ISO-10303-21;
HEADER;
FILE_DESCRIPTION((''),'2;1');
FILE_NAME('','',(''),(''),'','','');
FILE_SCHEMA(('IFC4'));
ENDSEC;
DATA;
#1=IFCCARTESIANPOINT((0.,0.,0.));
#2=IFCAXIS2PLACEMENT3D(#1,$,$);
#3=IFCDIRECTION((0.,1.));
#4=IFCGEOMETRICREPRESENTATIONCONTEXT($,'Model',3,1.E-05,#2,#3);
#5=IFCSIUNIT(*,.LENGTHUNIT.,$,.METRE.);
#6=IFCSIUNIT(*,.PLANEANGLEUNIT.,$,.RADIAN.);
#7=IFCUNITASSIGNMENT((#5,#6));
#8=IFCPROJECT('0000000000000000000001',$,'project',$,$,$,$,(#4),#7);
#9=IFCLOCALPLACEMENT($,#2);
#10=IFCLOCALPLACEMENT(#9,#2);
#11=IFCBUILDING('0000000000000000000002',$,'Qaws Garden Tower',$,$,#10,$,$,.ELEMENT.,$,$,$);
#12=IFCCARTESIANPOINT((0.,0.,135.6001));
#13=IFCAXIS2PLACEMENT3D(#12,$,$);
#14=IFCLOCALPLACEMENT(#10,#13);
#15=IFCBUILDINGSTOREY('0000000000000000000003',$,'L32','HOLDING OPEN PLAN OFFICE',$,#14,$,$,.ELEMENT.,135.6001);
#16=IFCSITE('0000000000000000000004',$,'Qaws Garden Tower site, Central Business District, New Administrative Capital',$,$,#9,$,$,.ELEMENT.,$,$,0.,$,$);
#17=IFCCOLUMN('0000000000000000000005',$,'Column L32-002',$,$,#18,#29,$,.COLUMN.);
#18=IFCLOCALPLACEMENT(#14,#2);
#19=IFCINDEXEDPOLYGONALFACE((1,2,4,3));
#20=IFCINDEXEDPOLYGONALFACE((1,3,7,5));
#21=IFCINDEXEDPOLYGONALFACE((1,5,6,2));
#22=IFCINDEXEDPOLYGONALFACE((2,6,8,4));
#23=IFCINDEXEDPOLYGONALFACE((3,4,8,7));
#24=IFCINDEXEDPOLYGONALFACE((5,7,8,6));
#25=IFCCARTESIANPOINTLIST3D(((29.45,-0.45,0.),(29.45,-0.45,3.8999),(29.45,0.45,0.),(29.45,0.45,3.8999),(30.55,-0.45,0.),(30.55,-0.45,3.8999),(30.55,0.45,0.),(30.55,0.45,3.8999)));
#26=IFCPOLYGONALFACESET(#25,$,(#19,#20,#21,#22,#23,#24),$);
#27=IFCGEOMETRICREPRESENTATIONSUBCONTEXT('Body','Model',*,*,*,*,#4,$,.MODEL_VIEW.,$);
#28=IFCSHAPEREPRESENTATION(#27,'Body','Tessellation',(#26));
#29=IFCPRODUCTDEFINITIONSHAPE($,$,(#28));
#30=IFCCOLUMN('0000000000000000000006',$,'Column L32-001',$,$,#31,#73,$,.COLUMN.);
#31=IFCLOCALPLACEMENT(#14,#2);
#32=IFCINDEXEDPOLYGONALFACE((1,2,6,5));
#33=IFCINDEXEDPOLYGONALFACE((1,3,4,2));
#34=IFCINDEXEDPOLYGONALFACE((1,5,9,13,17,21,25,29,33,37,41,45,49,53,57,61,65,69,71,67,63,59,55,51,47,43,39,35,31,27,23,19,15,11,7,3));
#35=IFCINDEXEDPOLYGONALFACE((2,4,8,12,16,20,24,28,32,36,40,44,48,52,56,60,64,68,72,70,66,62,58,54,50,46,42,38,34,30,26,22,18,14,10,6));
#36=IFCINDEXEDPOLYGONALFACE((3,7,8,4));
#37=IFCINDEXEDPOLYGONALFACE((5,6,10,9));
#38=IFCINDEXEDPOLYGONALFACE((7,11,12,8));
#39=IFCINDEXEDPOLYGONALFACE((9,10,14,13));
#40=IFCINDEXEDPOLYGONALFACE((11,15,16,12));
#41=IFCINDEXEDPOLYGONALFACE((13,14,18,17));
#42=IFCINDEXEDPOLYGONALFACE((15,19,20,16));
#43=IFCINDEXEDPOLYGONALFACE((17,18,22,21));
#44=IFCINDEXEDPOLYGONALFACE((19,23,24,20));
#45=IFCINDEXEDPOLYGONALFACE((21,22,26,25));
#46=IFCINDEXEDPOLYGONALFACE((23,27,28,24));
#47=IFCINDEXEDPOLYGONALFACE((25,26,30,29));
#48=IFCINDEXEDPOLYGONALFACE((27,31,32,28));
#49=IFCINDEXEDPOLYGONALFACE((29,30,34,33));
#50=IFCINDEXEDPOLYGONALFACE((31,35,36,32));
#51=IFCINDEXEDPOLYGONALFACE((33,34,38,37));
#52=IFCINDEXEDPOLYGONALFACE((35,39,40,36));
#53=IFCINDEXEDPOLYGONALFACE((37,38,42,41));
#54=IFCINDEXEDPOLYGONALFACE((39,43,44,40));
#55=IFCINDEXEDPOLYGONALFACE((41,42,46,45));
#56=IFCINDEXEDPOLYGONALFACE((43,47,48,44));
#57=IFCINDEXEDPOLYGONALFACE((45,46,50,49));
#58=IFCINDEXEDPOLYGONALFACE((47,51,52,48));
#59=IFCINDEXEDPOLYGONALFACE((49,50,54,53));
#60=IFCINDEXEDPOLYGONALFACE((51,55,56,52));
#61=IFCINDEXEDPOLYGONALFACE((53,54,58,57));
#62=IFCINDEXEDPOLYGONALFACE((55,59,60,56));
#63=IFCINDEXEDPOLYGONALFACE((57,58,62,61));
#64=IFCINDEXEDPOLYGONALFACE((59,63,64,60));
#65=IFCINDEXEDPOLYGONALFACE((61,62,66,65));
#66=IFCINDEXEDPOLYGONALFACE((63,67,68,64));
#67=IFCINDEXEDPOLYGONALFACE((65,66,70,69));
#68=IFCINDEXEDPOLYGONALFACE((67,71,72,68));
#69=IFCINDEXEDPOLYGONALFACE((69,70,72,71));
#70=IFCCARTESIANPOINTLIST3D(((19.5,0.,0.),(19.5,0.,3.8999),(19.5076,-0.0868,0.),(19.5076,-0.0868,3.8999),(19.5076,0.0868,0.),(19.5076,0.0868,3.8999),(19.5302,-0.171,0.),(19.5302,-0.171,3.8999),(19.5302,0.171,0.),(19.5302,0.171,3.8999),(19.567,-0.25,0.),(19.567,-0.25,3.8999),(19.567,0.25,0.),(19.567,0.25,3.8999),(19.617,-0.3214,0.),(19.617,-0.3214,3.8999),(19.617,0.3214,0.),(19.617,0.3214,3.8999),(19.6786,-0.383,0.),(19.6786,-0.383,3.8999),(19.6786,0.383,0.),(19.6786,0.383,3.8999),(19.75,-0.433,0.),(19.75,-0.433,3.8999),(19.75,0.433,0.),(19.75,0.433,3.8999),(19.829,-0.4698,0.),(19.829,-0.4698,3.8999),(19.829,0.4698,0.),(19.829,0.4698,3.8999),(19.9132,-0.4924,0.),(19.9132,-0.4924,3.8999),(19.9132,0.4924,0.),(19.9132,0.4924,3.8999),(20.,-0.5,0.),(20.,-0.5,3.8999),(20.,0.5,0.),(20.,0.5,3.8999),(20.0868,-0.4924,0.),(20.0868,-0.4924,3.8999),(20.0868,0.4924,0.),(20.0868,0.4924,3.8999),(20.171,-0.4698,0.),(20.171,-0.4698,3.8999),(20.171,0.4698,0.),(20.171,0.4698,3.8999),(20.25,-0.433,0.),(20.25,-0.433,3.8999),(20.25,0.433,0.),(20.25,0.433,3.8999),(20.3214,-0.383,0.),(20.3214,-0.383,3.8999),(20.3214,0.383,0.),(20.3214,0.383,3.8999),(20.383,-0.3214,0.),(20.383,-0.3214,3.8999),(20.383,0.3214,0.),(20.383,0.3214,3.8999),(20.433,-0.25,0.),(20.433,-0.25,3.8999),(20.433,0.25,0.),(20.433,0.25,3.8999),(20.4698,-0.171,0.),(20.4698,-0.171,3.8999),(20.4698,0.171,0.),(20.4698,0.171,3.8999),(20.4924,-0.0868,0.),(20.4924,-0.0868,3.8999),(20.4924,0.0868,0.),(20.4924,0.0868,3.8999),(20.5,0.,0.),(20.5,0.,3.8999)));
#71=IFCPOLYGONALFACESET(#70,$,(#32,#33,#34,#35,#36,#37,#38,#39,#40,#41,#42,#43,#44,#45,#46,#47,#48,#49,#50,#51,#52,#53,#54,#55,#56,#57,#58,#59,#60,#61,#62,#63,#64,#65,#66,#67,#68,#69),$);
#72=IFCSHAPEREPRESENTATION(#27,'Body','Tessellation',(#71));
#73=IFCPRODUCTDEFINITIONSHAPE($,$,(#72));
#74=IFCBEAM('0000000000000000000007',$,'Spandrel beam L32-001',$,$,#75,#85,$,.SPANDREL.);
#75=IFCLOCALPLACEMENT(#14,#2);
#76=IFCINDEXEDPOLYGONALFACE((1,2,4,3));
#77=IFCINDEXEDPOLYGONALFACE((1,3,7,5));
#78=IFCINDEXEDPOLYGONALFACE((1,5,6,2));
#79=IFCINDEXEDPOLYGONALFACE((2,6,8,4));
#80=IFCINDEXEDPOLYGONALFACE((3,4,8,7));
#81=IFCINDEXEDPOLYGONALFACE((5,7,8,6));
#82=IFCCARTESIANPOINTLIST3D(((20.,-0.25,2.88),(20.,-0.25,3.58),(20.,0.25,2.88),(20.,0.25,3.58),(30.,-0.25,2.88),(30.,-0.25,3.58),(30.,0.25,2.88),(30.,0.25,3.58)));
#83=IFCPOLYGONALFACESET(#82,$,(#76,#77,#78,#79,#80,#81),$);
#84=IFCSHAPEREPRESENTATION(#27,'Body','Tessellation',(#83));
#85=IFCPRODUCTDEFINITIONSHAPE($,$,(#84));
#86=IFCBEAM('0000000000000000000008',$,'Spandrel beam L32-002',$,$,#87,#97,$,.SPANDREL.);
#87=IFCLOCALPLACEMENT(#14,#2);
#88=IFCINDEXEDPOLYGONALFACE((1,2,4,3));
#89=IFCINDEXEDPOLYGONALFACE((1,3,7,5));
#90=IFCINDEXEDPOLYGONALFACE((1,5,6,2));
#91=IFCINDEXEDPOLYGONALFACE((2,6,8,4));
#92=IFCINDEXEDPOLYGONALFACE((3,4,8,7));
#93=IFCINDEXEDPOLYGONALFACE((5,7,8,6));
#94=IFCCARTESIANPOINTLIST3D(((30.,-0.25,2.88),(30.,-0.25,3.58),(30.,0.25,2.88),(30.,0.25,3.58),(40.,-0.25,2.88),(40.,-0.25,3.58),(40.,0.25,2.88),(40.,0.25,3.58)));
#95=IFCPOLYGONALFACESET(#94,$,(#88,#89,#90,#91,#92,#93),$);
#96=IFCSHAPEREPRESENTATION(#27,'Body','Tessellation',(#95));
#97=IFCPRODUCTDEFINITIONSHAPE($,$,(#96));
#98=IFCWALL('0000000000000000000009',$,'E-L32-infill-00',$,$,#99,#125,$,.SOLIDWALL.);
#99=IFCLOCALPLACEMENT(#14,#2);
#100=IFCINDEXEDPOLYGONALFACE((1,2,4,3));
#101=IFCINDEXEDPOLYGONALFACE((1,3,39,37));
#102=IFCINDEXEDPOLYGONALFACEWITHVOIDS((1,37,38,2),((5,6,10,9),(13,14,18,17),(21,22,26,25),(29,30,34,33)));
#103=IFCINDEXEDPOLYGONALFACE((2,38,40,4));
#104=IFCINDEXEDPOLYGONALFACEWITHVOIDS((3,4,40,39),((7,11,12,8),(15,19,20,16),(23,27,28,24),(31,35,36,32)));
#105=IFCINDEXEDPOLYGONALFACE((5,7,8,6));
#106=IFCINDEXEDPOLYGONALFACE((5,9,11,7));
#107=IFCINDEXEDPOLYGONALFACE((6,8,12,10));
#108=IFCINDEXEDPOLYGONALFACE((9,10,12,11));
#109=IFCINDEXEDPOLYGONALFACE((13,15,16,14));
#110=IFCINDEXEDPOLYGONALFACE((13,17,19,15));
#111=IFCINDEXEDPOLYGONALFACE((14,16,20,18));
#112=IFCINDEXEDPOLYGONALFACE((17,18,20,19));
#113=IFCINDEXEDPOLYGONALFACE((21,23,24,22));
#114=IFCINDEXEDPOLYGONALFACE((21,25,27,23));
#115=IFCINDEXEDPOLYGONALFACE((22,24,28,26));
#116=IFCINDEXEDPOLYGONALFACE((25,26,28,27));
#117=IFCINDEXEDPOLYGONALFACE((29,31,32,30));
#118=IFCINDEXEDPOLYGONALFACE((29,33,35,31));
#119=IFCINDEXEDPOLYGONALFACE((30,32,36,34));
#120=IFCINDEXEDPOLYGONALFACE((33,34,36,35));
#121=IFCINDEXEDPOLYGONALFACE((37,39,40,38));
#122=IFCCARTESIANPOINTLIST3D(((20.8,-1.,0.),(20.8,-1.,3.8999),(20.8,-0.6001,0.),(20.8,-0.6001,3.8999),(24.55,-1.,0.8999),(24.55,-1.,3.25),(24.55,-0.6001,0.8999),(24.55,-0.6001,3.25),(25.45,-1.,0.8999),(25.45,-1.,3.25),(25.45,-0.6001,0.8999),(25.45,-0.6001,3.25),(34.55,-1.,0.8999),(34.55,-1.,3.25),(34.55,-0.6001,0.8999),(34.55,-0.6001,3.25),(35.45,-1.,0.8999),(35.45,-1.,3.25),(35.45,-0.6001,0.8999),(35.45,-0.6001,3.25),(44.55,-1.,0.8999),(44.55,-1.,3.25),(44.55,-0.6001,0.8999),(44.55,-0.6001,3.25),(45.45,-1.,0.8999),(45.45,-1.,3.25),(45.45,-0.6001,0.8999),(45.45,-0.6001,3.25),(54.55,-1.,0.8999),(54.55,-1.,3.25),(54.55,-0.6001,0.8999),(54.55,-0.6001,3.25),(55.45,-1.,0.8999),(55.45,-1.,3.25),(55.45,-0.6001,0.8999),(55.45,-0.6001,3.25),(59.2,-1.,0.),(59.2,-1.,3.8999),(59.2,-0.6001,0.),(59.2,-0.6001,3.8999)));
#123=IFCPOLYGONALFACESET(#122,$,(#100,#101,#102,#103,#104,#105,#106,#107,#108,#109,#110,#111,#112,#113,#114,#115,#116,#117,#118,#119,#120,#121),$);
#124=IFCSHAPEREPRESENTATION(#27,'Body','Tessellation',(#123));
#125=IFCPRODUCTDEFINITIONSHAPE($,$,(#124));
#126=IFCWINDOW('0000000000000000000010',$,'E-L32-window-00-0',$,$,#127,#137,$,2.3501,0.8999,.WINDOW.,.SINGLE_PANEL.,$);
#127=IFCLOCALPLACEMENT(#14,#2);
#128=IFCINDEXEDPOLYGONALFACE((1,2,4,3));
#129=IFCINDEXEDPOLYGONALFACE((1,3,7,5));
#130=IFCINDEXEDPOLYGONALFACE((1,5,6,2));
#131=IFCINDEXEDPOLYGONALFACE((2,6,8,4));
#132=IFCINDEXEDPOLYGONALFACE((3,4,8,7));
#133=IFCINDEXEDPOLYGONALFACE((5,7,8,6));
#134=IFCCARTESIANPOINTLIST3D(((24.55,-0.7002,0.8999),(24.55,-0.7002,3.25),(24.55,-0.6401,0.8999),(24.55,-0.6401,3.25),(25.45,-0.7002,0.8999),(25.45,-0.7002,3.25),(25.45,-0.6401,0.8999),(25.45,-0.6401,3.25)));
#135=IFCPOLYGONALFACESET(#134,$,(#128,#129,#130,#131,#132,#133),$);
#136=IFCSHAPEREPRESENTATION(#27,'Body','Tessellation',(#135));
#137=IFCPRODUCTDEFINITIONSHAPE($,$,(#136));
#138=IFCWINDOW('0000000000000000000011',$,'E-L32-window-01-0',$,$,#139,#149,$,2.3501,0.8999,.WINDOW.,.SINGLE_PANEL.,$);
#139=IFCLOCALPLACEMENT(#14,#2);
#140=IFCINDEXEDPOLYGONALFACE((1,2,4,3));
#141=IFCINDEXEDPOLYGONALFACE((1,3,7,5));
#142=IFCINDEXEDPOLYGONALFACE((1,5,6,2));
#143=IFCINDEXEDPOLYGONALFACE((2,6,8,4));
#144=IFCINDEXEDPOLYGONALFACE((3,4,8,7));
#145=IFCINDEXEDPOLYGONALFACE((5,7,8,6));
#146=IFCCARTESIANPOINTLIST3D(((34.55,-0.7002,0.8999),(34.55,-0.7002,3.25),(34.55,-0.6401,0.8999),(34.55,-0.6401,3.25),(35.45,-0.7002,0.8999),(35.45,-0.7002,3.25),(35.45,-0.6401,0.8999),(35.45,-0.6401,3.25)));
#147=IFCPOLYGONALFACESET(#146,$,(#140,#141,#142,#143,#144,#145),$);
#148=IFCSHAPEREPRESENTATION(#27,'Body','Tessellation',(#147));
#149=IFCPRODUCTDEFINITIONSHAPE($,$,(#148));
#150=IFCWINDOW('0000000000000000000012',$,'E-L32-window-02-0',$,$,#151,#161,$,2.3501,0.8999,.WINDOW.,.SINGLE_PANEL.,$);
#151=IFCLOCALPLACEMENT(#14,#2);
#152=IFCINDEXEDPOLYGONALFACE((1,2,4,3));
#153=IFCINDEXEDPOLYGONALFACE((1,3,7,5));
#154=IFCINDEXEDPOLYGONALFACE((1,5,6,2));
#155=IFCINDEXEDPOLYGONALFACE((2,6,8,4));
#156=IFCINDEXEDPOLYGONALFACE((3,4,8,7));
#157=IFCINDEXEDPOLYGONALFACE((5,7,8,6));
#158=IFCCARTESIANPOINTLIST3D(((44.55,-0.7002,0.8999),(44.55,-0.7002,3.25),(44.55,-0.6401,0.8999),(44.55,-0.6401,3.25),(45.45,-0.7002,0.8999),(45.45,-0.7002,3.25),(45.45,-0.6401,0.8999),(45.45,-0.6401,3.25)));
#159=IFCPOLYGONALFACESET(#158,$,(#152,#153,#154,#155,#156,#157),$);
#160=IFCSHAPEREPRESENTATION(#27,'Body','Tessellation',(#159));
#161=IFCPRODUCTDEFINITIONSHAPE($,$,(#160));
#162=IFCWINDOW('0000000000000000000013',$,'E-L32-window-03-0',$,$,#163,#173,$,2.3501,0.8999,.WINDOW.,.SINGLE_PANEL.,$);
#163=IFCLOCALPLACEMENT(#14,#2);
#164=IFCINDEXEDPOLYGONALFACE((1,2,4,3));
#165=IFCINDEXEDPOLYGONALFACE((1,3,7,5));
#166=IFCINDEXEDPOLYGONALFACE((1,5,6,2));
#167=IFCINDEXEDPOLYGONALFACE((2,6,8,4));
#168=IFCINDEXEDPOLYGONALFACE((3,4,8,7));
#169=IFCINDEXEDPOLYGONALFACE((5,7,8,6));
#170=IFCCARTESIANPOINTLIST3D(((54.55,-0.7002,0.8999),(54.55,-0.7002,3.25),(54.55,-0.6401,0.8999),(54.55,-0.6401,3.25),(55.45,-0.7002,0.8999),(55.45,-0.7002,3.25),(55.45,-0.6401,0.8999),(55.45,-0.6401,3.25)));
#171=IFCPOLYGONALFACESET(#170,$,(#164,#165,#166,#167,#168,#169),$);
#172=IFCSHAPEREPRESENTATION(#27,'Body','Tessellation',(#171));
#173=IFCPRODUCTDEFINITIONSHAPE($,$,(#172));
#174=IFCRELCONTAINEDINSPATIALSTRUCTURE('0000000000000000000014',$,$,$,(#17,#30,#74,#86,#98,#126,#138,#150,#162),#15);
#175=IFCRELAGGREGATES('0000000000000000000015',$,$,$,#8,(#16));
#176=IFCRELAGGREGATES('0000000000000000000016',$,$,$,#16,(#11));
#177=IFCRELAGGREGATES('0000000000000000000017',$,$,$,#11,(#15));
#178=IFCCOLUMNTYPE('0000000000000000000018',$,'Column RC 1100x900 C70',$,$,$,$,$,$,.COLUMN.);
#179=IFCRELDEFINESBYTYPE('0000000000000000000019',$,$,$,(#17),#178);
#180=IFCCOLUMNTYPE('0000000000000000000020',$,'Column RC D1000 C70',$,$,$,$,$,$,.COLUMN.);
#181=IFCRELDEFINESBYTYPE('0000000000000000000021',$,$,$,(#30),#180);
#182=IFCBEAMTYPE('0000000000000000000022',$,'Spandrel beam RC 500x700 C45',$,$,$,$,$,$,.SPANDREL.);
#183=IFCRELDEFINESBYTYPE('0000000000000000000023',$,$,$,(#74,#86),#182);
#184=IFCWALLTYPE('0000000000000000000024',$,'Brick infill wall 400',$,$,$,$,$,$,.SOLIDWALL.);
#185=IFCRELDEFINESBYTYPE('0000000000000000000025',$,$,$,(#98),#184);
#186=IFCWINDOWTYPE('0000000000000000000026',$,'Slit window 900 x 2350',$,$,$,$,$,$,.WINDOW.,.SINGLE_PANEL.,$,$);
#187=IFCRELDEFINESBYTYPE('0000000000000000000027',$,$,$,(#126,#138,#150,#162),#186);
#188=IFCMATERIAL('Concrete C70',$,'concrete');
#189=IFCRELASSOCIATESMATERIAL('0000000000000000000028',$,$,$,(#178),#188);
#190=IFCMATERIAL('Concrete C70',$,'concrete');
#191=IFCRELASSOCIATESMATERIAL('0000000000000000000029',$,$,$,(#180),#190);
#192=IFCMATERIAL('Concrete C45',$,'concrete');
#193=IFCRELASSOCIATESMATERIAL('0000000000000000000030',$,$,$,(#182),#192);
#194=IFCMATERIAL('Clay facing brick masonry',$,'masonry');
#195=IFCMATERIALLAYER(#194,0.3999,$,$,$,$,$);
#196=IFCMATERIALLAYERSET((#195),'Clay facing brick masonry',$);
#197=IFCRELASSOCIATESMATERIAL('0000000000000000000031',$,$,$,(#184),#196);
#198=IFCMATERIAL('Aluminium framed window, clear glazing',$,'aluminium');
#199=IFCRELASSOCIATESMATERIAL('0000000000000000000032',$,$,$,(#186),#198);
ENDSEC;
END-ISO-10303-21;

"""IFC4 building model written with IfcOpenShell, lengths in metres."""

from ifc_helpers import new_model, si_unit, direction, frame, frame_2d, origin, origin_2d, place, context, subcontext, project, spatial, rectangle, circle, extrude, material, layer, layer_set, material_profile, profile_set, type_object, element, fill, save


model = new_model("IFC4")

# Units and contexts
model_context = context("Model", 3, precision=1e-05, world=origin(), true_north=direction((0.0, 1.0)))
body_context = subcontext(model_context, "Body", "Model", "MODEL_VIEW")
ifc_project = project(units=[si_unit("LENGTHUNIT", "METRE"), si_unit("PLANEANGLEUNIT", "RADIAN")], contexts=[model_context])

# Site, building, storey
site_placement = place(None, origin())
site = spatial("IfcSite", under=ifc_project, at=site_placement, Name="Qaws Garden Tower site, Central Business District, New Administrative Capital", CompositionType="ELEMENT", RefElevation=0.0)
building_placement = place(site_placement, origin())
building = spatial("IfcBuilding", under=site, at=building_placement, Name="Qaws Garden Tower", CompositionType="ELEMENT")
storey_placement = place(building_placement, frame((0.0, 0.0, 135.6001)))
storey = spatial("IfcBuildingStorey", under=building, at=storey_placement, Name="L32", Description="HOLDING OPEN PLAN OFFICE", CompositionType="ELEMENT", Elevation=135.6001)

# Columns
ifc_material_1 = material(Name="Concrete C70", Category="concrete")
ifc_material_profile_1 = material_profile(ifc_material_1, rectangle(XDim=1.1001, YDim=0.8999, at=origin_2d()), Name="RC 1100x900")
ifc_profile_set_1 = profile_set([ifc_material_profile_1], Name="Concrete C70")
column_type_1 = type_object("IfcColumnType", Name="Column RC 1100x900 C70", PredefinedType="COLUMN", material=ifc_profile_set_1)
column_1_placement = place(storey_placement, frame((30.0, 0.0, 0.0), z_axis=(0.0, 0.0, 1.0), x_axis=(1.0, 0.0, 0.0)))
element("IfcColumn", 1, at=column_1_placement, inside=storey, type_object=column_type_1, Name="Column L32-002", PredefinedType="COLUMN", context=body_context, shape_type="SweptSolid", body=[
    extrude(rectangle(XDim=1.1001, YDim=0.8999, at=origin_2d()), origin(), (0.0, 0.0, 1.0), 3.8999),
])
ifc_material_2 = material(Name="Concrete C70", Category="concrete")
ifc_material_profile_2 = material_profile(ifc_material_2, circle(Radius=0.5, at=origin_2d()), Name="RC D1000")
ifc_profile_set_2 = profile_set([ifc_material_profile_2], Name="Concrete C70")
column_type_2 = type_object("IfcColumnType", Name="Column RC D1000 C70", PredefinedType="COLUMN", material=ifc_profile_set_2)
column_2_placement = place(storey_placement, frame((20.0, 0.0, 0.0), z_axis=(0.0, 0.0, 1.0), x_axis=(1.0, 0.0, 0.0)))
element("IfcColumn", 2, at=column_2_placement, inside=storey, type_object=column_type_2, Name="Column L32-001", PredefinedType="COLUMN", context=body_context, shape_type="SweptSolid", body=[
    extrude(circle(Radius=0.5, at=origin_2d()), origin(), (0.0, 0.0, 1.0), 3.8999),
])

# Beams
ifc_material_3 = material(Name="Concrete C45", Category="concrete")
ifc_material_profile_3 = material_profile(ifc_material_3, rectangle(XDim=0.5, YDim=0.7, at=origin_2d()), Name="RC 500x700")
ifc_profile_set_3 = profile_set([ifc_material_profile_3], Name="Concrete C45")
beam_type = type_object("IfcBeamType", Name="Spandrel beam RC 500x700 C45", PredefinedType="SPANDREL", material=ifc_profile_set_3)
for number, where, z_axis, x_axis, name in (
    (3, (20.0, 0.0, 3.23), (1.0, 0.0, 0.0), (0.0, 1.0, 0.0), "Spandrel beam L32-001"),
    (4, (30.0, 0.0, 3.23), (1.0, 0.0, 0.0), (0.0, 1.0, 0.0), "Spandrel beam L32-002"),
):
    element("IfcBeam", number, at=place(storey_placement, frame(where, z_axis=z_axis, x_axis=x_axis)), inside=storey, type_object=beam_type, Name=name, PredefinedType="SPANDREL", context=body_context, shape_type="SweptSolid", body=[
        extrude(rectangle(XDim=0.5, YDim=0.7, at=origin_2d()), origin(), (0.0, 0.0, 1.0), 10.0),
    ])

# Wall, openings, windows
ifc_material_4 = material(Name="Clay facing brick masonry", Category="masonry")
ifc_layer_1 = layer(ifc_material_4, 0.3999)
ifc_layer_set_1 = layer_set([ifc_layer_1], Name="Clay facing brick masonry")
wall_type_1 = type_object("IfcWallType", Name="Brick infill wall 400", PredefinedType="SOLIDWALL", material=ifc_layer_set_1)
wall_1_placement = place(storey_placement, frame((20.8, -0.8, 0.0), z_axis=(0.0, 0.0, 1.0), x_axis=(1.0, 0.0, 0.0)))
wall_1 = element("IfcWall", 5, at=wall_1_placement, inside=storey, type_object=wall_type_1, Name="E-L32-infill-00", PredefinedType="SOLIDWALL", context=body_context, shape_type="SweptSolid", body=[
    extrude(rectangle(XDim=38.3999, YDim=0.3999, at=frame_2d((19.2, 0.0))), origin(), (0.0, 0.0, 1.0), 3.8999),
])
opening_1_placement = place(wall_1_placement, frame((3.75, 0.0, 0.8999)))
opening_1 = element("IfcOpeningElement", 6, at=opening_1_placement, cuts=wall_1, PredefinedType="OPENING", context=body_context, shape_type="SweptSolid", body=[
    extrude(rectangle(XDim=0.8999, YDim=2.3501, at=frame_2d((0.45, 1.175))), frame((0.0, 0.21, 0.0), z_axis=(0.0, -1.0, 0.0), x_axis=(1.0, 0.0, 0.0)), (0.0, 0.0, 1.0), 0.4199),
])
opening_2_placement = place(wall_1_placement, frame((13.75, 0.0, 0.8999)))
opening_2 = element("IfcOpeningElement", 7, at=opening_2_placement, cuts=wall_1, PredefinedType="OPENING", context=body_context, shape_type="SweptSolid", body=[
    extrude(rectangle(XDim=0.8999, YDim=2.3501, at=frame_2d((0.45, 1.175))), frame((0.0, 0.21, 0.0), z_axis=(0.0, -1.0, 0.0), x_axis=(1.0, 0.0, 0.0)), (0.0, 0.0, 1.0), 0.4199),
])
opening_3_placement = place(wall_1_placement, frame((23.75, 0.0, 0.8999)))
opening_3 = element("IfcOpeningElement", 8, at=opening_3_placement, cuts=wall_1, PredefinedType="OPENING", context=body_context, shape_type="SweptSolid", body=[
    extrude(rectangle(XDim=0.8999, YDim=2.3501, at=frame_2d((0.45, 1.175))), frame((0.0, 0.21, 0.0), z_axis=(0.0, -1.0, 0.0), x_axis=(1.0, 0.0, 0.0)), (0.0, 0.0, 1.0), 0.4199),
])
opening_4_placement = place(wall_1_placement, frame((33.75, 0.0, 0.8999)))
opening_4 = element("IfcOpeningElement", 9, at=opening_4_placement, cuts=wall_1, PredefinedType="OPENING", context=body_context, shape_type="SweptSolid", body=[
    extrude(rectangle(XDim=0.8999, YDim=2.3501, at=frame_2d((0.45, 1.175))), frame((0.0, 0.21, 0.0), z_axis=(0.0, -1.0, 0.0), x_axis=(1.0, 0.0, 0.0)), (0.0, 0.0, 1.0), 0.4199),
])
ifc_material_5 = material(Name="Aluminium framed window, clear glazing", Category="aluminium")
window_type = type_object("IfcWindowType", Name="Slit window 900 x 2350", PartitioningType="SINGLE_PANEL", PredefinedType="WINDOW", material=ifc_material_5)
window_1_placement = place(opening_1_placement, origin())
window_1 = element("IfcWindow", 10, at=window_1_placement, inside=storey, type_object=window_type, Name="E-L32-window-00-0", OverallHeight=2.3501, OverallWidth=0.8999, PartitioningType="SINGLE_PANEL", PredefinedType="WINDOW", context=body_context, shape_type="SweptSolid", body=[
    extrude(rectangle(XDim=0.8999, YDim=2.3501, at=frame_2d((0.45, 1.175))), frame((0.0, 0.1599, 0.0), z_axis=(0.0, -1.0, 0.0), x_axis=(1.0, 0.0, 0.0)), (0.0, 0.0, 1.0), 0.0601),
])
fill(opening_1, window_1)
window_2_placement = place(opening_2_placement, origin())
window_2 = element("IfcWindow", 11, at=window_2_placement, inside=storey, type_object=window_type, Name="E-L32-window-01-0", OverallHeight=2.3501, OverallWidth=0.8999, PartitioningType="SINGLE_PANEL", PredefinedType="WINDOW", context=body_context, shape_type="SweptSolid", body=[
    extrude(rectangle(XDim=0.8999, YDim=2.3501, at=frame_2d((0.45, 1.175))), frame((0.0, 0.1599, 0.0), z_axis=(0.0, -1.0, 0.0), x_axis=(1.0, 0.0, 0.0)), (0.0, 0.0, 1.0), 0.0601),
])
fill(opening_2, window_2)
window_3_placement = place(opening_3_placement, origin())
window_3 = element("IfcWindow", 12, at=window_3_placement, inside=storey, type_object=window_type, Name="E-L32-window-02-0", OverallHeight=2.3501, OverallWidth=0.8999, PartitioningType="SINGLE_PANEL", PredefinedType="WINDOW", context=body_context, shape_type="SweptSolid", body=[
    extrude(rectangle(XDim=0.8999, YDim=2.3501, at=frame_2d((0.45, 1.175))), frame((0.0, 0.1599, 0.0), z_axis=(0.0, -1.0, 0.0), x_axis=(1.0, 0.0, 0.0)), (0.0, 0.0, 1.0), 0.0601),
])
fill(opening_3, window_3)
window_4_placement = place(opening_4_placement, origin())
window_4 = element("IfcWindow", 13, at=window_4_placement, inside=storey, type_object=window_type, Name="E-L32-window-03-0", OverallHeight=2.3501, OverallWidth=0.8999, PartitioningType="SINGLE_PANEL", PredefinedType="WINDOW", context=body_context, shape_type="SweptSolid", body=[
    extrude(rectangle(XDim=0.8999, YDim=2.3501, at=frame_2d((0.45, 1.175))), frame((0.0, 0.1599, 0.0), z_axis=(0.0, -1.0, 0.0), x_axis=(1.0, 0.0, 0.0)), (0.0, 0.0, 1.0), 0.0601),
])
fill(opening_4, window_4)

save(model, "model.ifc")
